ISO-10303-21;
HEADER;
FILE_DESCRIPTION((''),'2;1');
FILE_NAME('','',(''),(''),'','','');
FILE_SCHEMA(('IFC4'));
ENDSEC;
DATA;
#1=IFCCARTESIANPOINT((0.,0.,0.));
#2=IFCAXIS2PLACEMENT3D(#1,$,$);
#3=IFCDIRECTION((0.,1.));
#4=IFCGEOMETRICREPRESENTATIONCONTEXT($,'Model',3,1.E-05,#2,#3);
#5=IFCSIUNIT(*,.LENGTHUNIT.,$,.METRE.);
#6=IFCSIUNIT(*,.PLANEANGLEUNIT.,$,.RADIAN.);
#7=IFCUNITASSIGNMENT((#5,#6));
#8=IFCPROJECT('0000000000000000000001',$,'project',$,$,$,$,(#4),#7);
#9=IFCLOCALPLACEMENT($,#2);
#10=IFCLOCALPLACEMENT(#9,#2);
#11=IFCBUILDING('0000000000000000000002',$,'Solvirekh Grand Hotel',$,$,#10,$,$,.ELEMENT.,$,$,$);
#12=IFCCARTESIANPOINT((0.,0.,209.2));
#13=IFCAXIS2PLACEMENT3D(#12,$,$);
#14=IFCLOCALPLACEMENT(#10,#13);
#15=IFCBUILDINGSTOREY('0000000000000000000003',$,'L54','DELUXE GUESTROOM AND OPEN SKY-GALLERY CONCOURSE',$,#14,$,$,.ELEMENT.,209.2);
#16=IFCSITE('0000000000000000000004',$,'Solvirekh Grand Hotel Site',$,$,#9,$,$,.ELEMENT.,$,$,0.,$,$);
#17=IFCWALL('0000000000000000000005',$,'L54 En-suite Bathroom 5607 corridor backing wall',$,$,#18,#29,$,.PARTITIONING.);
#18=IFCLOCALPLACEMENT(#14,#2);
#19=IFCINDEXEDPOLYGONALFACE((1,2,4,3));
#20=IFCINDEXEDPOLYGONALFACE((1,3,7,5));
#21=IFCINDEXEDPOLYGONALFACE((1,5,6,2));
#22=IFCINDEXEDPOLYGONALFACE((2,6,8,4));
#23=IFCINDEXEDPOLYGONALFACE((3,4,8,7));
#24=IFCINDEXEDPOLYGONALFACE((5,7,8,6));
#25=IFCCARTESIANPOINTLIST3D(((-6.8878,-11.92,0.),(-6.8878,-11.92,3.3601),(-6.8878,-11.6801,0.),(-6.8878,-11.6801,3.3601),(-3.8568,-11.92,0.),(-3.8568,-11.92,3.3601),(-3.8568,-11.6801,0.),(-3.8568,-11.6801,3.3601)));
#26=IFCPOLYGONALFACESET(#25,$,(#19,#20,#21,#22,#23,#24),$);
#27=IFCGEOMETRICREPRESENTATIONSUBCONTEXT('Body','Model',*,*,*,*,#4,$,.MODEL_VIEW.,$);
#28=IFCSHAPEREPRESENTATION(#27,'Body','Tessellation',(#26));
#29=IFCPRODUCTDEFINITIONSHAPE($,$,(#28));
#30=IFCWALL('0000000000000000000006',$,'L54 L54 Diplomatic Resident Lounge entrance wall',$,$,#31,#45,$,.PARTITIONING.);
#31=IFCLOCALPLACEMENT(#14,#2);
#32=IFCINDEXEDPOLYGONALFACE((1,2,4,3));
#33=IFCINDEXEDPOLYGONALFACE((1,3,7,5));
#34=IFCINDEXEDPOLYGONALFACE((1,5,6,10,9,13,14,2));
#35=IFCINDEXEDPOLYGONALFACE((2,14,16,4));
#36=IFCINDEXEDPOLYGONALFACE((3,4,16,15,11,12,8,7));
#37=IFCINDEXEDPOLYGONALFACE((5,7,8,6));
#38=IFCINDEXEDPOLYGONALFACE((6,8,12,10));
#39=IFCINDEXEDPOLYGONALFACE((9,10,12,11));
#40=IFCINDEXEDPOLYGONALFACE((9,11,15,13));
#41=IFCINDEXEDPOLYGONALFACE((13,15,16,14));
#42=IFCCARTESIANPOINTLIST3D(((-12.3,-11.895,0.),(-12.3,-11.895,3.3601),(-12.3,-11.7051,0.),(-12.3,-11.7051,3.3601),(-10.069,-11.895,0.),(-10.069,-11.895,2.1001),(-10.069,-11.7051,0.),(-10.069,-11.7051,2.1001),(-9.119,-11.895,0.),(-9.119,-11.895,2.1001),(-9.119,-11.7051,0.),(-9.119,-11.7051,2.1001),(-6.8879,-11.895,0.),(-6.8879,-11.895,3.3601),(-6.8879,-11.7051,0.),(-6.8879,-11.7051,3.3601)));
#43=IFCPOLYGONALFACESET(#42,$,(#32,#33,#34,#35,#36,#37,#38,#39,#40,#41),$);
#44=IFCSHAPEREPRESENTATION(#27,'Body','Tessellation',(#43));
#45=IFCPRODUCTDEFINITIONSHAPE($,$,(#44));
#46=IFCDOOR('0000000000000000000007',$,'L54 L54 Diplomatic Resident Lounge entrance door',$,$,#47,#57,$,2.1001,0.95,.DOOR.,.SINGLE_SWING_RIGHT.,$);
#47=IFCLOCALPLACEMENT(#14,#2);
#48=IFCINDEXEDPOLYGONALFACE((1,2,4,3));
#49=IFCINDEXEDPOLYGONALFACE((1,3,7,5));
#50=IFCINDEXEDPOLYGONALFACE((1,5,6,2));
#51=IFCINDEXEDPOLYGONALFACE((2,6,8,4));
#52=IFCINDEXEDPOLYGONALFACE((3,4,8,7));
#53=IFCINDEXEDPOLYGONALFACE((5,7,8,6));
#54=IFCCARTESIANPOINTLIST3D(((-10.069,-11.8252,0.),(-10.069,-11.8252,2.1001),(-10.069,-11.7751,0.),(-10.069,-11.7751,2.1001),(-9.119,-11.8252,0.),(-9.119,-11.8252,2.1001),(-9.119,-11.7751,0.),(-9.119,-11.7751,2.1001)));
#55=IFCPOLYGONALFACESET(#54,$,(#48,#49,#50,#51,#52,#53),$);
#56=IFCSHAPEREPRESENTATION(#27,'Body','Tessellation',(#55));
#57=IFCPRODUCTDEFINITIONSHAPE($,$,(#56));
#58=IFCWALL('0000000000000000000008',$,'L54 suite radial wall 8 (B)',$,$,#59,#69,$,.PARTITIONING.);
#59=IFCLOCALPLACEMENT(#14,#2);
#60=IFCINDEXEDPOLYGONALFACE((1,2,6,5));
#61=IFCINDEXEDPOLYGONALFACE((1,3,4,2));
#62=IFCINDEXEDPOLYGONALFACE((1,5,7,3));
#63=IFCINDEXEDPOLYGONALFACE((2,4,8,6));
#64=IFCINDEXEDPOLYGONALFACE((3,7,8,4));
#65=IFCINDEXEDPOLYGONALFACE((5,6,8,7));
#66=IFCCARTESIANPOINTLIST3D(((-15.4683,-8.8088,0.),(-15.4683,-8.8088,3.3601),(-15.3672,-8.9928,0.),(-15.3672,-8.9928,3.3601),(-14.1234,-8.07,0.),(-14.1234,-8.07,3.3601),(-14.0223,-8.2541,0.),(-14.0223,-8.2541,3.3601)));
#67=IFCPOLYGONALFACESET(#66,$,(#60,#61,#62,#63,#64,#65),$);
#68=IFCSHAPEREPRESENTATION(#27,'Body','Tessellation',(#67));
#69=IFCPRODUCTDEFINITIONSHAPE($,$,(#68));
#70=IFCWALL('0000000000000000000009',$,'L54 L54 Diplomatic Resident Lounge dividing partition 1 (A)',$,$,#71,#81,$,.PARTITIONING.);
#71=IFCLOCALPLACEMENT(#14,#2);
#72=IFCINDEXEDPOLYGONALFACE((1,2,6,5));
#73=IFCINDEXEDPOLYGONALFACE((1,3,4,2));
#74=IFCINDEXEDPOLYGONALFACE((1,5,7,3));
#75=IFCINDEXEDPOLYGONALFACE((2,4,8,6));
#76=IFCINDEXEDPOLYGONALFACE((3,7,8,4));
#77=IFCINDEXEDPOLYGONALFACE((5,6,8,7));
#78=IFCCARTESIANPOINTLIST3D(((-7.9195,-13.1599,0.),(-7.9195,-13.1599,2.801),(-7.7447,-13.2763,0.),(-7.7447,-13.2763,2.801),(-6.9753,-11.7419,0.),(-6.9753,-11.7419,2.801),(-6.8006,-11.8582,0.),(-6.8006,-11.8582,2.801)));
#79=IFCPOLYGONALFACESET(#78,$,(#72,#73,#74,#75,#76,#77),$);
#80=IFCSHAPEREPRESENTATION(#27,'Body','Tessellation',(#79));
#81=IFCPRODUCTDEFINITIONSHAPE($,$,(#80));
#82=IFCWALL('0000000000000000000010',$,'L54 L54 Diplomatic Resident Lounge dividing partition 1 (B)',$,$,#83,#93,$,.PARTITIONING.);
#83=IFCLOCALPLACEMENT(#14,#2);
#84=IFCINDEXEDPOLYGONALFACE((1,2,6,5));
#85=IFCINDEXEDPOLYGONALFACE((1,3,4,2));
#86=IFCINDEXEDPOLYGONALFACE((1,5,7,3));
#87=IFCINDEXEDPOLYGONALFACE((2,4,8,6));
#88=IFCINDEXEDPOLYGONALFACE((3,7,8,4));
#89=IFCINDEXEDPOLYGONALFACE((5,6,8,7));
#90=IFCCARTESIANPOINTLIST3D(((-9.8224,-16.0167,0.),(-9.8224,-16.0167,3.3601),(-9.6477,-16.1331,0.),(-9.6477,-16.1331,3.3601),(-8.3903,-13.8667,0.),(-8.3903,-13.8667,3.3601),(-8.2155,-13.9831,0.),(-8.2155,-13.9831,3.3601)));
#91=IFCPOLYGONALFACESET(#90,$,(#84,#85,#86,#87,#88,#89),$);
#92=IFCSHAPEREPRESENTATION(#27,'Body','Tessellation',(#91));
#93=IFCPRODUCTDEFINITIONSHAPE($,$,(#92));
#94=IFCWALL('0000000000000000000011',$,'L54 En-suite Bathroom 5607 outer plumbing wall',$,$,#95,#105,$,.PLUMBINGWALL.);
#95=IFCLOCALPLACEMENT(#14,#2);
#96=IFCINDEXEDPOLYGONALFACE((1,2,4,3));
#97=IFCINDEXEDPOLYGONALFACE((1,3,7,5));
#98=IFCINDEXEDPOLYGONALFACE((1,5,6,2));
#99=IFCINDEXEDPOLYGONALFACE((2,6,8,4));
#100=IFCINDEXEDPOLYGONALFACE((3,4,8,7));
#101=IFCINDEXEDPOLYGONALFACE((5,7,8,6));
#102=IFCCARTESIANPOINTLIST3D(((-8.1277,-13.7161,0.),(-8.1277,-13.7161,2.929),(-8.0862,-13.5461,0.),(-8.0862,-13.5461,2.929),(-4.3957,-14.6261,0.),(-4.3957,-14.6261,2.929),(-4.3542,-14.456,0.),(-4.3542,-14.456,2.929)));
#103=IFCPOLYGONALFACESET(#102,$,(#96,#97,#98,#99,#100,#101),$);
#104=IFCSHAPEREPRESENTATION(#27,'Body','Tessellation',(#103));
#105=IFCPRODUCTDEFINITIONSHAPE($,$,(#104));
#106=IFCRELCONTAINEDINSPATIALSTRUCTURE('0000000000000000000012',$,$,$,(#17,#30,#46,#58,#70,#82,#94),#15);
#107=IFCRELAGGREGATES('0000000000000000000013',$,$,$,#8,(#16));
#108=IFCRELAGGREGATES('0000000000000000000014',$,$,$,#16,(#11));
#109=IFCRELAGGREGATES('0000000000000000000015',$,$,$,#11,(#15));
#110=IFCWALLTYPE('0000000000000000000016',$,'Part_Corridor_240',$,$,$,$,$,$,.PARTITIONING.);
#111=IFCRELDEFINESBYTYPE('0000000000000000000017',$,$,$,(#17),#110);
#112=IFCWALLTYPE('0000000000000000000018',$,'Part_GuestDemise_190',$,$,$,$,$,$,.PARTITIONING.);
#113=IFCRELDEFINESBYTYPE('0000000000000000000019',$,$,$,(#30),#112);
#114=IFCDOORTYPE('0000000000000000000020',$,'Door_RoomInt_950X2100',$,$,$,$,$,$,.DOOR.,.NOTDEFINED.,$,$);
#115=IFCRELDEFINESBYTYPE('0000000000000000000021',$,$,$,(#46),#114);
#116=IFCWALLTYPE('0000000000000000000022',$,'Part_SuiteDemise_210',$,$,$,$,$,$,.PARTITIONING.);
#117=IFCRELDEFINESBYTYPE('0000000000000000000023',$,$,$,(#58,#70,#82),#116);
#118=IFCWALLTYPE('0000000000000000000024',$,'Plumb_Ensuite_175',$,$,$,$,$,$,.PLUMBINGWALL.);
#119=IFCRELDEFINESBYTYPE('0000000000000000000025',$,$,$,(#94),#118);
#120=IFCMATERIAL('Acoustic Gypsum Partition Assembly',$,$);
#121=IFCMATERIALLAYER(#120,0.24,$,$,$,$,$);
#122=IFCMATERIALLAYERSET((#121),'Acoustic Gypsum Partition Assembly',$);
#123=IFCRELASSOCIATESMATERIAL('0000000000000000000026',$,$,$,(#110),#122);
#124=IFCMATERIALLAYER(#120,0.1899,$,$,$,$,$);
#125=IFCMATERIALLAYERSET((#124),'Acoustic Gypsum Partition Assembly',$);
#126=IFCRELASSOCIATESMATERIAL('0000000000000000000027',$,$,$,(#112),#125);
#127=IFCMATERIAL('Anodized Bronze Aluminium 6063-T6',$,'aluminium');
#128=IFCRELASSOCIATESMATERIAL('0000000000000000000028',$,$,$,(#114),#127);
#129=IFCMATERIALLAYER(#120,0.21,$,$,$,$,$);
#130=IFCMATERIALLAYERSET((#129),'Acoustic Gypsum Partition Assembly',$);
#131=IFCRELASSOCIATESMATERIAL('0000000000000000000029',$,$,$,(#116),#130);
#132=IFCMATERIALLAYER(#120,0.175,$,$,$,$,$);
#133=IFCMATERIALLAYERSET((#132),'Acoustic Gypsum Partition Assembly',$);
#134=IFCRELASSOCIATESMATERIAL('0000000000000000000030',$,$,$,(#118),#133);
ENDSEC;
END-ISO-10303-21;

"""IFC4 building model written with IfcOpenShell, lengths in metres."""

from ifc_helpers import new_model, si_unit, direction, frame, frame_2d, origin, place, context, subcontext, project, spatial, rectangle, extrude, material, layer, layer_set, type_object, element, fill, save


model = new_model("IFC4")

# Units and contexts
model_context = context("Model", 3, precision=1e-05, world=origin(), true_north=direction((0.0, 1.0)))
body_context = subcontext(model_context, "Body", "Model", "MODEL_VIEW")
ifc_project = project(units=[si_unit("LENGTHUNIT", "METRE"), si_unit("PLANEANGLEUNIT", "RADIAN")], contexts=[model_context])

# Site, building, storey
site_placement = place(None, origin())
site = spatial("IfcSite", under=ifc_project, at=site_placement, Name="Solvirekh Grand Hotel Site", CompositionType="ELEMENT", RefElevation=0.0)
building_placement = place(site_placement, origin())
building = spatial("IfcBuilding", under=site, at=building_placement, Name="Solvirekh Grand Hotel", CompositionType="ELEMENT")
storey_placement = place(building_placement, frame((0.0, 0.0, 209.2)))
storey = spatial("IfcBuildingStorey", under=building, at=storey_placement, Name="L54", Description="DELUXE GUESTROOM AND OPEN SKY-GALLERY CONCOURSE", CompositionType="ELEMENT", Elevation=209.2)

# Shared definitions
ifc_material_1 = material(Name="Anodized Bronze Aluminium 6063-T6", Category="aluminium")

# Wall
ifc_material_2 = material(Name="Acoustic Gypsum Partition Assembly")
ifc_layer_1 = layer(ifc_material_2, 0.24)
ifc_layer_set_1 = layer_set([ifc_layer_1], Name="Acoustic Gypsum Partition Assembly")
wall_type_1 = type_object("IfcWallType", Name="Part_Corridor_240", PredefinedType="PARTITIONING", material=ifc_layer_set_1)
wall_1_placement = place(storey_placement, frame((-6.8879, -11.8, 0.0), z_axis=(0.0, 0.0, 1.0), x_axis=(1.0, 0.0, 0.0)))
element("IfcWall", 1, at=wall_1_placement, inside=storey, type_object=wall_type_1, Name="L54 En-suite Bathroom 5607 corridor backing wall", PredefinedType="PARTITIONING", context=body_context, shape_type="SweptSolid", body=[
    extrude(rectangle(XDim=3.031, YDim=0.24, at=frame_2d((1.5156, 0.0))), origin(), (0.0, 0.0, 1.0), 3.3601),
])

# Wall, opening, door
ifc_layer_2 = layer(ifc_material_2, 0.1899)
ifc_layer_set_2 = layer_set([ifc_layer_2], Name="Acoustic Gypsum Partition Assembly")
wall_type_2 = type_object("IfcWallType", Name="Part_GuestDemise_190", PredefinedType="PARTITIONING", material=ifc_layer_set_2)
wall_2_placement = place(storey_placement, frame((-12.3, -11.8, 0.0), z_axis=(0.0, 0.0, 1.0), x_axis=(1.0, 0.0, 0.0)))
wall_2 = element("IfcWall", 2, at=wall_2_placement, inside=storey, type_object=wall_type_2, Name="L54 L54 Diplomatic Resident Lounge entrance wall", PredefinedType="PARTITIONING", context=body_context, shape_type="SweptSolid", body=[
    extrude(rectangle(XDim=5.4121, YDim=0.1899, at=frame_2d((2.7061, 0.0))), origin(), (0.0, 0.0, 1.0), 3.3601),
])
opening_1_placement = place(wall_2_placement, frame((2.231, 0.0, 0.0)))
opening_1 = element("IfcOpeningElement", 3, at=opening_1_placement, cuts=wall_2, PredefinedType="OPENING", context=body_context, shape_type="SweptSolid", body=[
    extrude(rectangle(XDim=0.95, YDim=2.1001, at=frame_2d((0.4751, 1.05))), frame((0.0, 0.105, 0.0), z_axis=(0.0, -1.0, 0.0), x_axis=(1.0, 0.0, 0.0)), (0.0, 0.0, 1.0), 0.21),
])
door_type_1 = type_object("IfcDoorType", Name="Door_RoomInt_950X2100", OperationType="NOTDEFINED", PredefinedType="DOOR", material=ifc_material_1)
door_1_placement = place(opening_1_placement, origin())
door_1 = element("IfcDoor", 4, at=door_1_placement, inside=storey, type_object=door_type_1, Name="L54 L54 Diplomatic Resident Lounge entrance door", OperationType="SINGLE_SWING_RIGHT", OverallHeight=2.1001, OverallWidth=0.95, PredefinedType="DOOR", context=body_context, shape_type="SweptSolid", body=[
    extrude(rectangle(XDim=0.95, YDim=2.1001, at=frame_2d((0.4751, 1.05))), frame((0.0, 0.0249, 0.0), z_axis=(0.0, -1.0, 0.0), x_axis=(1.0, 0.0, 0.0)), (0.0, 0.0, 1.0), 0.05),
])
fill(opening_1, door_1)

# Walls
ifc_layer_3 = layer(ifc_material_2, 0.21)
ifc_layer_set_3 = layer_set([ifc_layer_3], Name="Acoustic Gypsum Partition Assembly")
wall_type_3 = type_object("IfcWallType", Name="Part_SuiteDemise_210", PredefinedType="PARTITIONING", material=ifc_layer_set_3)
wall_3_placement = place(storey_placement, frame((-14.073, -8.1621, 0.0), z_axis=(0.0, 0.0, 1.0), x_axis=(-0.876481, -0.481436, 0.0)))
element("IfcWall", 5, at=wall_3_placement, inside=storey, type_object=wall_type_3, Name="L54 suite radial wall 8 (B)", PredefinedType="PARTITIONING", context=body_context, shape_type="SweptSolid", body=[
    extrude(rectangle(XDim=1.5344, YDim=0.21, at=frame_2d((0.7671, 0.0))), origin(), (0.0, 0.0, 1.0), 3.3601),
])
wall_4_placement = place(storey_placement, frame((-6.8879, -11.8, 0.0), z_axis=(0.0, 0.0, 1.0), x_axis=(-0.554204, -0.832381, 0.0)))
element("IfcWall", 6, at=wall_4_placement, inside=storey, type_object=wall_type_3, Name="L54 L54 Diplomatic Resident Lounge dividing partition 1 (A)", PredefinedType="PARTITIONING", context=body_context, shape_type="SweptSolid", body=[
    extrude(rectangle(XDim=1.7036, YDim=0.21, at=frame_2d((0.8518, 0.0))), origin(), (0.0, 0.0, 1.0), 2.801),
])
wall_5_placement = place(storey_placement, frame((-8.303, -13.925, 0.0), z_axis=(0.0, 0.0, 1.0), x_axis=(-0.554395, -0.832254, 0.0)))
element("IfcWall", 7, at=wall_5_placement, inside=storey, type_object=wall_type_3, Name="L54 L54 Diplomatic Resident Lounge dividing partition 1 (B)", PredefinedType="PARTITIONING", context=body_context, shape_type="SweptSolid", body=[
    extrude(rectangle(XDim=2.5833, YDim=0.21, at=frame_2d((1.2915, 0.0))), origin(), (0.0, 0.0, 1.0), 3.3601),
])
ifc_layer_4 = layer(ifc_material_2, 0.175)
ifc_layer_set_4 = layer_set([ifc_layer_4], Name="Acoustic Gypsum Partition Assembly")
wall_type_4 = type_object("IfcWallType", Name="Plumb_Ensuite_175", PredefinedType="PLUMBINGWALL", material=ifc_layer_set_4)
wall_6_placement = place(storey_placement, frame((-8.1069, -13.6311, 0.0), z_axis=(0.0, 0.0, 1.0), x_axis=(0.971539, -0.236879, 0.0)))
element("IfcWall", 8, at=wall_6_placement, inside=storey, type_object=wall_type_4, Name="L54 En-suite Bathroom 5607 outer plumbing wall", PredefinedType="PLUMBINGWALL", context=body_context, shape_type="SweptSolid", body=[
    extrude(rectangle(XDim=3.8413, YDim=0.175, at=frame_2d((1.9207, 0.0))), origin(), (0.0, 0.0, 1.0), 2.929),
])

save(model, "model.ifc")
